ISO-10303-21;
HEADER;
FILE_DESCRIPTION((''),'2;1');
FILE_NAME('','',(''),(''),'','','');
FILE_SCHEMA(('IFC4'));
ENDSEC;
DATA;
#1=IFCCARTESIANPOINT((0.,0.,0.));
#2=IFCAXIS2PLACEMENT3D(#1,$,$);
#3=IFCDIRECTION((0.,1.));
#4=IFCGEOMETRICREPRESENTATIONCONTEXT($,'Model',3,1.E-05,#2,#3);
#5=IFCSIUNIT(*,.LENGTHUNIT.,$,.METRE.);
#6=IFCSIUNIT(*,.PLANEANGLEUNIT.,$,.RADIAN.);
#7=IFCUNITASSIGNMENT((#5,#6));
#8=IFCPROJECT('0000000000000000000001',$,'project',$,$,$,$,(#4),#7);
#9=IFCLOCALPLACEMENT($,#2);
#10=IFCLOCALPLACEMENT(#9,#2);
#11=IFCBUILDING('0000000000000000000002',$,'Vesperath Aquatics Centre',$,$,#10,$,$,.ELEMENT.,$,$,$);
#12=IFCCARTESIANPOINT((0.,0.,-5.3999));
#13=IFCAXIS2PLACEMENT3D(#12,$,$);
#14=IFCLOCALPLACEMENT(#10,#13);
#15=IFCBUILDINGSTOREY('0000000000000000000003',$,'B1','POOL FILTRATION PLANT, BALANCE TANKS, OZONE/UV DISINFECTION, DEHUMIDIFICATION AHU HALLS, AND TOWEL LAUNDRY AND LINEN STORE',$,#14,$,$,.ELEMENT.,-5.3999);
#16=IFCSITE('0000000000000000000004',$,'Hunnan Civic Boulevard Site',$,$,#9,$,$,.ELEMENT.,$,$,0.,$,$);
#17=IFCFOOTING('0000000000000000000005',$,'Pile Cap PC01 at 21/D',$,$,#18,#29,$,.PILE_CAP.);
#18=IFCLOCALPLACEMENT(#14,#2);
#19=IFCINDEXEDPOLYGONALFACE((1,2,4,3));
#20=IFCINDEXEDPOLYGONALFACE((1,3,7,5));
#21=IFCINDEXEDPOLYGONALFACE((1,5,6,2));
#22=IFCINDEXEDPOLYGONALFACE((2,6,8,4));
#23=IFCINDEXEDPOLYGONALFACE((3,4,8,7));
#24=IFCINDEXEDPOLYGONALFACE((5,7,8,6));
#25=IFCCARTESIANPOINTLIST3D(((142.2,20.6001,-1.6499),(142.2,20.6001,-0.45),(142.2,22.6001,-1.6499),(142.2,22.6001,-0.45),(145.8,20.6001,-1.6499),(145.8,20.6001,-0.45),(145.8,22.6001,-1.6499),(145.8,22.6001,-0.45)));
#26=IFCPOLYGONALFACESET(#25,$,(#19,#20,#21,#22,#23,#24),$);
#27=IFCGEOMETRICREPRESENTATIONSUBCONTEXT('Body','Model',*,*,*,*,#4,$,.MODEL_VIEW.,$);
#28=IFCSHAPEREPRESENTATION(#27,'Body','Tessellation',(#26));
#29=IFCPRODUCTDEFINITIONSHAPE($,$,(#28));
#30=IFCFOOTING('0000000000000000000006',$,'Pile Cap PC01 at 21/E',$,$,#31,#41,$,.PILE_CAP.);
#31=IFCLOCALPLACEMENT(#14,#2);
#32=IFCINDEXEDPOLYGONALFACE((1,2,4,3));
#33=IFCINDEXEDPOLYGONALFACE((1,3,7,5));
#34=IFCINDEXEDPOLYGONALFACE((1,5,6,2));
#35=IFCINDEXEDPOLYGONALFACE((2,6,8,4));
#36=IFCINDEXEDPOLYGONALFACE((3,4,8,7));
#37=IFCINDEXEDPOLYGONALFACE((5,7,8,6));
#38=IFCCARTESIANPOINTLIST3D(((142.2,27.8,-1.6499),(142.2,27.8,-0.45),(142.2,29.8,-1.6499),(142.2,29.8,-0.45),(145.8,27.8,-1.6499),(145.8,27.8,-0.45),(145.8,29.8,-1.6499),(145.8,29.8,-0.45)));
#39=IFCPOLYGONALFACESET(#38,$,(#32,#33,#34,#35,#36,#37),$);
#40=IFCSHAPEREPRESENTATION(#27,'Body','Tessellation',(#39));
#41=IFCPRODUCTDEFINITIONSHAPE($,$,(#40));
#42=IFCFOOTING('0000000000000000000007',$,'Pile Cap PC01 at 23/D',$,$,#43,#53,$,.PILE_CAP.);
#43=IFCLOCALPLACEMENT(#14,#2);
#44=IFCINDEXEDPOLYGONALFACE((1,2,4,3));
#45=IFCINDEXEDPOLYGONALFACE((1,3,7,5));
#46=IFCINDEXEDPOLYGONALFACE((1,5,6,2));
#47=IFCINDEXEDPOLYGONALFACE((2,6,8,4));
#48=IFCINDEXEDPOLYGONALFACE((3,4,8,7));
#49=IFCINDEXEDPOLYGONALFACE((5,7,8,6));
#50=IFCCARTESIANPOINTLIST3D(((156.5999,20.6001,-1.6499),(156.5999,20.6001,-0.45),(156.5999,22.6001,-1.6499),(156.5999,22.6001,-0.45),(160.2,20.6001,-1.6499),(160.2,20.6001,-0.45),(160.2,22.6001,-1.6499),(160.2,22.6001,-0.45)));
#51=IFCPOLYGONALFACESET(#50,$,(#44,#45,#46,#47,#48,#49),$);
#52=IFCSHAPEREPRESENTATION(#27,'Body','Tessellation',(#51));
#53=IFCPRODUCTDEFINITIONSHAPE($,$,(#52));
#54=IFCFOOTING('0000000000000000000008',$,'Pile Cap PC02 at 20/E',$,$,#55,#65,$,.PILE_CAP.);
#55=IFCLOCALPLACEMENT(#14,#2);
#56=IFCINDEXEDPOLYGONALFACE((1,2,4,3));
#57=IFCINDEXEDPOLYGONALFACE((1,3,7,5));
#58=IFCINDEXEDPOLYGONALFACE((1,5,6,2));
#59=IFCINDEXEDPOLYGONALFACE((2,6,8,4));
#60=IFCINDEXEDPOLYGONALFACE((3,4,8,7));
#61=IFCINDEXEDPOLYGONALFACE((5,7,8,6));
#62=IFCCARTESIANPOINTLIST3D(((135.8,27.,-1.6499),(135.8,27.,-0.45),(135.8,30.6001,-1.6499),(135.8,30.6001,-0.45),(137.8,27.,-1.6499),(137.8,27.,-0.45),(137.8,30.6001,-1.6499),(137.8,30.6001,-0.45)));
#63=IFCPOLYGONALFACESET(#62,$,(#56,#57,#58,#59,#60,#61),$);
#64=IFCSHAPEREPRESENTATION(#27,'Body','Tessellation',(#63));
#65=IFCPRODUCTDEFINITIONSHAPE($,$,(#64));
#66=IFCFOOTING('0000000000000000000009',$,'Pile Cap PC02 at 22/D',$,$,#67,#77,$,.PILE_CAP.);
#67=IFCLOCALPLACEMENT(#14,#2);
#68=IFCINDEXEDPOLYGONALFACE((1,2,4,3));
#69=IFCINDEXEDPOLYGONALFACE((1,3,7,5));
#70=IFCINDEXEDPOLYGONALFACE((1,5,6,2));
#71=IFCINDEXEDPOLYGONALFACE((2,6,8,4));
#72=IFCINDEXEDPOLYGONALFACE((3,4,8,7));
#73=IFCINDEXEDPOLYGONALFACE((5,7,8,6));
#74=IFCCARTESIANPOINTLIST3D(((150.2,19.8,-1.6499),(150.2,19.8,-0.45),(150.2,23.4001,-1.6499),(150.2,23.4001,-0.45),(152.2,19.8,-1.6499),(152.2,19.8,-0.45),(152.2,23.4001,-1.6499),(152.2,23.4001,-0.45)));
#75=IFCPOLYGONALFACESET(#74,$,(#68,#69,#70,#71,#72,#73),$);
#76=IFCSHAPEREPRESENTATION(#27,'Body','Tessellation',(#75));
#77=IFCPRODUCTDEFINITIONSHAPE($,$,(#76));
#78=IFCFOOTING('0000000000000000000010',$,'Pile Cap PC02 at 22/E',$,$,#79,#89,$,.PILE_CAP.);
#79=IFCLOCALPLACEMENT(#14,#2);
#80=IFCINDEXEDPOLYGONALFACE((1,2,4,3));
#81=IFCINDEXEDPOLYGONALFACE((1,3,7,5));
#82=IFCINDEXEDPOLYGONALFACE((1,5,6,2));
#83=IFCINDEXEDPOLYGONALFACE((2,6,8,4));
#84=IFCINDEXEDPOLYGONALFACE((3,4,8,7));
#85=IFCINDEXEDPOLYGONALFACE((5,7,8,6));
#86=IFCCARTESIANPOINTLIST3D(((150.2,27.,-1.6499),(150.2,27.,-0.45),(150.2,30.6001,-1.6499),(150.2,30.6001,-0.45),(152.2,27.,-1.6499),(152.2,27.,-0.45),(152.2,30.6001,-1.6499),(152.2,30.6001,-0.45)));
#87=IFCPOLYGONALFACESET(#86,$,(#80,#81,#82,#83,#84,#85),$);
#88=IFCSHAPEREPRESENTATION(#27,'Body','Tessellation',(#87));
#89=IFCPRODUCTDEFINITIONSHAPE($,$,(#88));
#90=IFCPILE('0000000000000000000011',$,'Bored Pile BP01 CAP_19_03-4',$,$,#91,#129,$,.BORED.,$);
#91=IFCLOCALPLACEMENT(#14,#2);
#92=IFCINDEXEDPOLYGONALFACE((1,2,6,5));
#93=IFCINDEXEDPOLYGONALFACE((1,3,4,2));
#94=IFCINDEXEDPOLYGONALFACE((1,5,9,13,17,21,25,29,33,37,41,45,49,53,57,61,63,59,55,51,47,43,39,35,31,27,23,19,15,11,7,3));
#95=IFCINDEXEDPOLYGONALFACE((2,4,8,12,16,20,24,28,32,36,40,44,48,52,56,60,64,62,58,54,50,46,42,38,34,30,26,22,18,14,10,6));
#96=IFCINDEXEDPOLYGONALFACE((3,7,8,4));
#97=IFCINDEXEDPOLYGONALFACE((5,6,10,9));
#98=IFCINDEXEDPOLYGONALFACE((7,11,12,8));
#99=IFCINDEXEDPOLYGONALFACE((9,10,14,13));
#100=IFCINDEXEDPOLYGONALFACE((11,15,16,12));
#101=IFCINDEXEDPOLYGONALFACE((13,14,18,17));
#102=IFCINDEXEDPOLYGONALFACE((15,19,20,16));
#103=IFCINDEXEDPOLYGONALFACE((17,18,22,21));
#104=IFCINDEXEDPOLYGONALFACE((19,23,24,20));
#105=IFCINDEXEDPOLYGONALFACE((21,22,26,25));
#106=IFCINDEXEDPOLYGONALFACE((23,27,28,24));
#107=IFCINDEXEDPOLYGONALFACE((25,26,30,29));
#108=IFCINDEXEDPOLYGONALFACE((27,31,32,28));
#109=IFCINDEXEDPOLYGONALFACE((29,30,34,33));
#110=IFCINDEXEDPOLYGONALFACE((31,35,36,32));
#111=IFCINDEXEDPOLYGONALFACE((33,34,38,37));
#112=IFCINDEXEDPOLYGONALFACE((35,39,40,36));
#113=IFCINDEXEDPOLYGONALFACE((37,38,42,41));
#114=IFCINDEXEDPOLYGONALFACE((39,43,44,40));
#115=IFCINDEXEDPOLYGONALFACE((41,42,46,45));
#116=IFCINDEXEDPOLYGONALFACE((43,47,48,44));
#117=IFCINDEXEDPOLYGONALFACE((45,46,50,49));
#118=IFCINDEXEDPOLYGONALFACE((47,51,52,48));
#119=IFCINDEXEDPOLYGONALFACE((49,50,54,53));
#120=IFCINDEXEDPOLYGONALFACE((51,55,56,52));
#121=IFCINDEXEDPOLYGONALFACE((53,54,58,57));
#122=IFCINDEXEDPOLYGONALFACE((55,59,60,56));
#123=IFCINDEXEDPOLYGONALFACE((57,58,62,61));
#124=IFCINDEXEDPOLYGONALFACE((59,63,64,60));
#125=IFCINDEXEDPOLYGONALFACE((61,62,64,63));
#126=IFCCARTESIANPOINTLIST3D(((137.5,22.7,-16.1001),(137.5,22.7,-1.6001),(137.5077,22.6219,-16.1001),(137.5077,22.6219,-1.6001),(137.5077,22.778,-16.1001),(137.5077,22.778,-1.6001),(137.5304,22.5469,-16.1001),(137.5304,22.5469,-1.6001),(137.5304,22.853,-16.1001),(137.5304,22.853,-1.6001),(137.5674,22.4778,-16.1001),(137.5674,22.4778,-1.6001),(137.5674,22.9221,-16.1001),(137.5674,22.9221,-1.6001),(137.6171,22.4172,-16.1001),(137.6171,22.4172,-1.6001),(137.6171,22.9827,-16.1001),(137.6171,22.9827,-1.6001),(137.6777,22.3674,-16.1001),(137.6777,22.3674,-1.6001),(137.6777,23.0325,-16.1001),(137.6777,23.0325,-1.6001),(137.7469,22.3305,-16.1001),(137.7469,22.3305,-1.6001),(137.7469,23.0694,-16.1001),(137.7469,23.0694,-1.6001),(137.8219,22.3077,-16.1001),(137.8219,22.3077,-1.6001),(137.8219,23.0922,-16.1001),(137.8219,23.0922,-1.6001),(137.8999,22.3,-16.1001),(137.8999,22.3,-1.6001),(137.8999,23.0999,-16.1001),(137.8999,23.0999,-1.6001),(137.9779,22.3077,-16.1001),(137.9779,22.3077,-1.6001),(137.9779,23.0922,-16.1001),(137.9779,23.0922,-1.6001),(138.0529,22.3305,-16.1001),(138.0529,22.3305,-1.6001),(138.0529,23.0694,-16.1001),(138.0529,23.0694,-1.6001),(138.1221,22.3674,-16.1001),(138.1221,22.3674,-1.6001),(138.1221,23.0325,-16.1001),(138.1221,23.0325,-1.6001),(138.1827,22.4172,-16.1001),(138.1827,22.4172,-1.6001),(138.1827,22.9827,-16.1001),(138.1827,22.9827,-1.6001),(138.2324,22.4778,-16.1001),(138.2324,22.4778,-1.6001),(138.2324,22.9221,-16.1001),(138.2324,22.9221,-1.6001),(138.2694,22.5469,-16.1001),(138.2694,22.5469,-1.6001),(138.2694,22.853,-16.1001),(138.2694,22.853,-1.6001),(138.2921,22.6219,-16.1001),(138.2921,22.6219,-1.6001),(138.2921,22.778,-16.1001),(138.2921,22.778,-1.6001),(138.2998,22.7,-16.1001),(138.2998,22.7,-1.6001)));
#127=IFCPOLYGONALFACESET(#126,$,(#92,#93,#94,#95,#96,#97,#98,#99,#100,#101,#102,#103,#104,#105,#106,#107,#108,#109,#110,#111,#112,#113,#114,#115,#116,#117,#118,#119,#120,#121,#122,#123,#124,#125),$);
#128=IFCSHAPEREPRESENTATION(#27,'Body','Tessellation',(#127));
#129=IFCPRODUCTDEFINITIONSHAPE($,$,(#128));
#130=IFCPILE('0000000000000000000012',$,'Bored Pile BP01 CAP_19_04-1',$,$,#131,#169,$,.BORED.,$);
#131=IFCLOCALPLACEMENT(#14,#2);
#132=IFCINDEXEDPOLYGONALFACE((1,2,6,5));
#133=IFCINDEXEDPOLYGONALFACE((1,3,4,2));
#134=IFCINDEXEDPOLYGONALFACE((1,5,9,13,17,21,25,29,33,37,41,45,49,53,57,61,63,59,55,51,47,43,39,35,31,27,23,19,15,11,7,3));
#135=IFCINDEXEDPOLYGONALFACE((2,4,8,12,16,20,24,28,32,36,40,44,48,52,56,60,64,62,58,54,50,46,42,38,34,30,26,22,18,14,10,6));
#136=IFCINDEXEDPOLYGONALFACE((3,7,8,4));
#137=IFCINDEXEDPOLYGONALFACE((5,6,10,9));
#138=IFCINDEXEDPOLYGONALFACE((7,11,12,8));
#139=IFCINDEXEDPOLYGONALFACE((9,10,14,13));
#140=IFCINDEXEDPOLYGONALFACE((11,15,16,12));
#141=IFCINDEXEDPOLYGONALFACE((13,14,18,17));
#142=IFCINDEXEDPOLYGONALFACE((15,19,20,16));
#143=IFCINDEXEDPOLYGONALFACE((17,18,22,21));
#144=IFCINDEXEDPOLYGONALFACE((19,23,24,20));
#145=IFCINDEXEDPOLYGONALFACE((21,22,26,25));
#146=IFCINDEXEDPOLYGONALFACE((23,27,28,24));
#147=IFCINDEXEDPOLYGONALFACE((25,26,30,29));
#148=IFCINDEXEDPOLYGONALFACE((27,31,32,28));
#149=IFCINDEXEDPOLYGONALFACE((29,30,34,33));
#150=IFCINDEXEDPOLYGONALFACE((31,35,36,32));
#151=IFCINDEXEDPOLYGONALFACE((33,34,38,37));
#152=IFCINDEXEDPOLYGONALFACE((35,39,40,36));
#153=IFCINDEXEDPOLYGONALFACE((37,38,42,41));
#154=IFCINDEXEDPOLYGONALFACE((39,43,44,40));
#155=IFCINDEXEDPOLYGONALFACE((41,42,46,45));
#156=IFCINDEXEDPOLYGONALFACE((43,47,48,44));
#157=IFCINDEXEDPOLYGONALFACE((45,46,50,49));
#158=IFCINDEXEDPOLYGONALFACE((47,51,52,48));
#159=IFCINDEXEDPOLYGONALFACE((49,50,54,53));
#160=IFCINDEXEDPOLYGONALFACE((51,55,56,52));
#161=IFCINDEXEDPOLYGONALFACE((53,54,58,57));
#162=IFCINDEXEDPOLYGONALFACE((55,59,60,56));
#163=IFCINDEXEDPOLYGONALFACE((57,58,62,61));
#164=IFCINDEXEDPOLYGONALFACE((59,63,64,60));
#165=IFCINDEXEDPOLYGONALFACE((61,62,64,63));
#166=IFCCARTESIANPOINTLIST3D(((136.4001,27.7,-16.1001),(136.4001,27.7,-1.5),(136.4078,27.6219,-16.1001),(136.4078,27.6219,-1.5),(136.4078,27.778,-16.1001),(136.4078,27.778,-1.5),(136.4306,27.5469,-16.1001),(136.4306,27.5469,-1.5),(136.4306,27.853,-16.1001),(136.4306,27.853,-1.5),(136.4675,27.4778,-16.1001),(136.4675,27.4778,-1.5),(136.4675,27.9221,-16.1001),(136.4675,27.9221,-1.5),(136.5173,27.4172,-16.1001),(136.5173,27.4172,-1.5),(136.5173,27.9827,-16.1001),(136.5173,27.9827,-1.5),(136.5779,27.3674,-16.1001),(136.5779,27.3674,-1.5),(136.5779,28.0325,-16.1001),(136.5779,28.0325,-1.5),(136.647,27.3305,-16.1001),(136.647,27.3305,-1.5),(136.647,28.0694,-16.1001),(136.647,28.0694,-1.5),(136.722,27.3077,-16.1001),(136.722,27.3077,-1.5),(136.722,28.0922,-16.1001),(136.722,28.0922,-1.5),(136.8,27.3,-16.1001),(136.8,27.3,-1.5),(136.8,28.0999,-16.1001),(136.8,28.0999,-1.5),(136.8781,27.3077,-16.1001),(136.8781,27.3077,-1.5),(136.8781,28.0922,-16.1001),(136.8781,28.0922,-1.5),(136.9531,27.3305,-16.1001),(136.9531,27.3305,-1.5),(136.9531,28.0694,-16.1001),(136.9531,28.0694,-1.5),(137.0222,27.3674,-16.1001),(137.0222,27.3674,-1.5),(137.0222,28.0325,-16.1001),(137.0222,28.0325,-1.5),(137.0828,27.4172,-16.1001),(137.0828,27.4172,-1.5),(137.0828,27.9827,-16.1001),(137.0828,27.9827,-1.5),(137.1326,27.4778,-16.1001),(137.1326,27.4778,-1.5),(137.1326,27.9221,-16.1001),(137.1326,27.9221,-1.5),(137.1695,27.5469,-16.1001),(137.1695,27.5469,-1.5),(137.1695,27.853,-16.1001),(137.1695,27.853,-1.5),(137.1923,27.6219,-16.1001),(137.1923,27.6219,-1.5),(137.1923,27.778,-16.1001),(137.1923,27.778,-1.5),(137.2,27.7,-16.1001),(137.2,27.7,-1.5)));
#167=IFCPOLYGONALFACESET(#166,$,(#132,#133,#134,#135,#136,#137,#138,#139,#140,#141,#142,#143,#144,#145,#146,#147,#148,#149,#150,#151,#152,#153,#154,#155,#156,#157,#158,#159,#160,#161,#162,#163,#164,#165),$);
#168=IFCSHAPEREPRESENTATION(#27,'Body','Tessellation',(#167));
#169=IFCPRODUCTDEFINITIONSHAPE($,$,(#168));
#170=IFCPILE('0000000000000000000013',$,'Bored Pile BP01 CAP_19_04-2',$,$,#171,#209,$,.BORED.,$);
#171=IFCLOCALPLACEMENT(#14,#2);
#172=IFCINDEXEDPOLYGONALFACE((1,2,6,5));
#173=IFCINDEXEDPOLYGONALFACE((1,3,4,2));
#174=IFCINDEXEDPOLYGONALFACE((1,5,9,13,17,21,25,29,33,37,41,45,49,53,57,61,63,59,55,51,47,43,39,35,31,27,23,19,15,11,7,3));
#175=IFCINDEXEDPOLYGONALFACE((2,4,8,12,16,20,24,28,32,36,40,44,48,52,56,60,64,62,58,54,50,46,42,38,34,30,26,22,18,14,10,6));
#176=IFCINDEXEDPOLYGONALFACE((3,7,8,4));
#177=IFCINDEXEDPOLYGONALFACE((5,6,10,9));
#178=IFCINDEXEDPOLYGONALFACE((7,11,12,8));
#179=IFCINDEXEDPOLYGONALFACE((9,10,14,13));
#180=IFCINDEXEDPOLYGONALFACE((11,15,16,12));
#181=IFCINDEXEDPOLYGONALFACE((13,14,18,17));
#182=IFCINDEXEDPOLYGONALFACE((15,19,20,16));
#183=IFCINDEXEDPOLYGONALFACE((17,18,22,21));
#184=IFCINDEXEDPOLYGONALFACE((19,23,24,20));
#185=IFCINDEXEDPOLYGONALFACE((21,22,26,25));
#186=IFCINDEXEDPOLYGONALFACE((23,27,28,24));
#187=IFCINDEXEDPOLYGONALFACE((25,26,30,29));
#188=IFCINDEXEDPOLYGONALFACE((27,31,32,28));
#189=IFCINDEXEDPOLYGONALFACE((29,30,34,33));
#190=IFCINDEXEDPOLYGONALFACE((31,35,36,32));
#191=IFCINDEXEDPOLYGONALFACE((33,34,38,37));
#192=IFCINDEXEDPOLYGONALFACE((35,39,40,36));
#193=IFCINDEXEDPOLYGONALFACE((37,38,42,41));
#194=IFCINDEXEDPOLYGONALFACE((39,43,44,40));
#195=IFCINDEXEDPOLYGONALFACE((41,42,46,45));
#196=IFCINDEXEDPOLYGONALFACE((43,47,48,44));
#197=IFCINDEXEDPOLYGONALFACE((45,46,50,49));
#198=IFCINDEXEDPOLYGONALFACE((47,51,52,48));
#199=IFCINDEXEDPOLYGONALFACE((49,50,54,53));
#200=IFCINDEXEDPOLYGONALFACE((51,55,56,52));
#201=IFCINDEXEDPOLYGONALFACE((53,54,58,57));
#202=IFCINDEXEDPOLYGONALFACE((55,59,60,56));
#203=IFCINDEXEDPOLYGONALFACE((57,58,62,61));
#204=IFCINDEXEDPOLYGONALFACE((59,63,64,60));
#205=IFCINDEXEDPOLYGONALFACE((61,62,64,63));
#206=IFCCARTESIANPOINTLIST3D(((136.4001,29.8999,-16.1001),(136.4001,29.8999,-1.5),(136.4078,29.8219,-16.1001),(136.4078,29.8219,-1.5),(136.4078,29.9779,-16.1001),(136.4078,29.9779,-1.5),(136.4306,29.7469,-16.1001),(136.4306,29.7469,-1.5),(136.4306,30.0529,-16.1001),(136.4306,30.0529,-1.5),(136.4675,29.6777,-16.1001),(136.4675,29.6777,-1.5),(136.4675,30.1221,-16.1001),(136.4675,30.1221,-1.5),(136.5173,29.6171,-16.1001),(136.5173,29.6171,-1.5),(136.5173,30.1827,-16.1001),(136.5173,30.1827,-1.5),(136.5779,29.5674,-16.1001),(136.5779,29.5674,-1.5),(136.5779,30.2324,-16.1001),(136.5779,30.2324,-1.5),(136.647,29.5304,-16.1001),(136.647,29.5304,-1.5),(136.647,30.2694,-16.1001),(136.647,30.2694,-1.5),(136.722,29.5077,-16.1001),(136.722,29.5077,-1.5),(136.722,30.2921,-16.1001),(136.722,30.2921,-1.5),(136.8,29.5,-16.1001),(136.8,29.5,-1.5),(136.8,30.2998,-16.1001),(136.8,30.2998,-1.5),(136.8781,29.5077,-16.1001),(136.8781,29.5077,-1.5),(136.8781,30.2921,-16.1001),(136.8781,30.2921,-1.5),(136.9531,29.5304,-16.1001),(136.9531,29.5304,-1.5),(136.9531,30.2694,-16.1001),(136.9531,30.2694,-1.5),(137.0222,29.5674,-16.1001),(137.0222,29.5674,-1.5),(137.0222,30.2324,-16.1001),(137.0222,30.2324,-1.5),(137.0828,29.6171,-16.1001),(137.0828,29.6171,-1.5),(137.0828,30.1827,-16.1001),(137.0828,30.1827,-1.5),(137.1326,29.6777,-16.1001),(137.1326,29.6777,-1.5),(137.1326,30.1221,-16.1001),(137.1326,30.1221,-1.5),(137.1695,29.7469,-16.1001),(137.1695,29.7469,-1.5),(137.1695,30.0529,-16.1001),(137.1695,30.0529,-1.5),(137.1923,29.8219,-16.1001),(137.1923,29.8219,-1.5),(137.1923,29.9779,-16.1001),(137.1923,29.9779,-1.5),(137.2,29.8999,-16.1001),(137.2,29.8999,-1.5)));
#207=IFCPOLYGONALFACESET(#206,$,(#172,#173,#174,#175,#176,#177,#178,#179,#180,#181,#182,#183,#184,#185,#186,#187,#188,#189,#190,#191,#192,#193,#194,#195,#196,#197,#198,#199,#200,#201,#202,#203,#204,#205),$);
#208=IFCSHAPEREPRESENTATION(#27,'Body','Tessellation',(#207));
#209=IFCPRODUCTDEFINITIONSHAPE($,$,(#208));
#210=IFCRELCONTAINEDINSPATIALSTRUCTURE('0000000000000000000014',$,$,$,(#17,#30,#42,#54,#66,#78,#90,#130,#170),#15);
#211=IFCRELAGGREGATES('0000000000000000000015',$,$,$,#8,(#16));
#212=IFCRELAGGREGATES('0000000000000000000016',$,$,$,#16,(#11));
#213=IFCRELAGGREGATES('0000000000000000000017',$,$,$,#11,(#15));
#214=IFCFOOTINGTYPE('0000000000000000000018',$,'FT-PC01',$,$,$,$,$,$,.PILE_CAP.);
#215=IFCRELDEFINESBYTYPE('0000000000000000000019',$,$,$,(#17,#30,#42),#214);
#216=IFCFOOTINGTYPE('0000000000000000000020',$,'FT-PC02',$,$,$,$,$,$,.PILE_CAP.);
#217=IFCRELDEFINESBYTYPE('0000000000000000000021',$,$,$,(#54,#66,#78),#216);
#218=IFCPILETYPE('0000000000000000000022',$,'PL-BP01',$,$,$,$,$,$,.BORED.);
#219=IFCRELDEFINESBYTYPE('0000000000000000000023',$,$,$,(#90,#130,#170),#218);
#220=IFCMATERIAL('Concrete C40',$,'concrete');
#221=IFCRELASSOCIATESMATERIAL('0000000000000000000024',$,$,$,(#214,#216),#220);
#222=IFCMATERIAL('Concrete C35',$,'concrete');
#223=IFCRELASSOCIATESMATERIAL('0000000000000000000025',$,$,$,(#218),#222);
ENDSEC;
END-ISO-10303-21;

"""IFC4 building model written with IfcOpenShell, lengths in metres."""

from ifc_helpers import new_model, si_unit, direction, frame, origin, origin_2d, place, context, subcontext, project, spatial, rectangle, circle, extrude, material, material_profile, profile_set, type_object, element, save


model = new_model("IFC4")

# Units and contexts
model_context = context("Model", 3, precision=1e-05, world=origin(), true_north=direction((0.0, 1.0)))
body_context = subcontext(model_context, "Body", "Model", "MODEL_VIEW")
ifc_project = project(units=[si_unit("LENGTHUNIT", "METRE"), si_unit("PLANEANGLEUNIT", "RADIAN")], contexts=[model_context])

# Site, building, storey
site_placement = place(None, origin())
site = spatial("IfcSite", under=ifc_project, at=site_placement, Name="Hunnan Civic Boulevard Site", CompositionType="ELEMENT", RefElevation=0.0)
building_placement = place(site_placement, origin())
building = spatial("IfcBuilding", under=site, at=building_placement, Name="Vesperath Aquatics Centre", CompositionType="ELEMENT")
storey_placement = place(building_placement, frame((0.0, 0.0, -5.3999)))
storey = spatial("IfcBuildingStorey", under=building, at=storey_placement, Name="B1", Description="POOL FILTRATION PLANT, BALANCE TANKS, OZONE/UV DISINFECTION, DEHUMIDIFICATION AHU HALLS, AND TOWEL LAUNDRY AND LINEN STORE", CompositionType="ELEMENT", Elevation=-5.3999)

# Footings
ifc_material_1 = material(Name="Concrete C40", Category="concrete")
footing_type_1 = type_object("IfcFootingType", Name="FT-PC01", PredefinedType="PILE_CAP", material=ifc_material_1)
for number, where, z_axis, x_axis, name in (
    (1, (144.0, 21.6001, -1.6499), (0.0, 0.0, 1.0), (1.0, 0.0, 0.0), "Pile Cap PC01 at 21/D"),
    (2, (144.0, 28.8, -1.6499), (0.0, 0.0, 1.0), (1.0, 0.0, 0.0), "Pile Cap PC01 at 21/E"),
    (3, (158.3999, 21.6001, -1.6499), (0.0, 0.0, 1.0), (1.0, 0.0, 0.0), "Pile Cap PC01 at 23/D"),
):
    element("IfcFooting", number, at=place(storey_placement, frame(where, z_axis=z_axis, x_axis=x_axis)), inside=storey, type_object=footing_type_1, Name=name, PredefinedType="PILE_CAP", context=body_context, shape_type="SweptSolid", body=[
        extrude(rectangle(XDim=3.6001, YDim=2.0, at=origin_2d()), origin(), (0.0, 0.0, 1.0), 1.2),
    ])
footing_type_2 = type_object("IfcFootingType", Name="FT-PC02", PredefinedType="PILE_CAP", material=ifc_material_1)
for number, where, z_axis, x_axis, name in (
    (4, (136.8, 28.8, -1.6499), (0.0, 0.0, 1.0), (1.0, 0.0, 0.0), "Pile Cap PC02 at 20/E"),
    (5, (151.2, 21.6001, -1.6499), (0.0, 0.0, 1.0), (1.0, 0.0, 0.0), "Pile Cap PC02 at 22/D"),
    (6, (151.2, 28.8, -1.6499), (0.0, 0.0, 1.0), (1.0, 0.0, 0.0), "Pile Cap PC02 at 22/E"),
):
    element("IfcFooting", number, at=place(storey_placement, frame(where, z_axis=z_axis, x_axis=x_axis)), inside=storey, type_object=footing_type_2, Name=name, PredefinedType="PILE_CAP", context=body_context, shape_type="SweptSolid", body=[
        extrude(rectangle(XDim=2.0, YDim=3.6001, at=origin_2d()), origin(), (0.0, 0.0, 1.0), 1.2),
    ])

# Piles
ifc_material_2 = material(Name="Concrete C35", Category="concrete")
ifc_material_profile_1 = material_profile(ifc_material_2, circle(Radius=0.3999, at=origin_2d()), Name="PILE D800")
ifc_profile_set_1 = profile_set([ifc_material_profile_1], Name="Concrete C35")
pile_type = type_object("IfcPileType", Name="PL-BP01", PredefinedType="BORED", material=ifc_profile_set_1)
pile_placement = place(storey_placement, frame((137.8999, 22.7, -1.6001), z_axis=(0.0, 0.0, -1.0), x_axis=(1.0, 0.0, 0.0)))
element("IfcPile", 7, at=pile_placement, inside=storey, type_object=pile_type, Name="Bored Pile BP01 CAP_19_03-4", PredefinedType="BORED", context=body_context, shape_type="SweptSolid", body=[
    extrude(circle(Radius=0.3999, at=origin_2d()), origin(), (0.0, 0.0, 1.0), 14.5),
])
for number, where, z_axis, x_axis, name in (
    (8, (136.8, 27.7, -1.5), (0.0, 0.0, -1.0), (1.0, 0.0, 0.0), "Bored Pile BP01 CAP_19_04-1"),
    (9, (136.8, 29.8999, -1.5), (0.0, 0.0, -1.0), (1.0, 0.0, 0.0), "Bored Pile BP01 CAP_19_04-2"),
):
    element("IfcPile", number, at=place(storey_placement, frame(where, z_axis=z_axis, x_axis=x_axis)), inside=storey, type_object=pile_type, Name=name, PredefinedType="BORED", context=body_context, shape_type="SweptSolid", body=[
        extrude(circle(Radius=0.3999, at=origin_2d()), origin(), (0.0, 0.0, 1.0), 14.6001),
    ])

save(model, "model.ifc")
